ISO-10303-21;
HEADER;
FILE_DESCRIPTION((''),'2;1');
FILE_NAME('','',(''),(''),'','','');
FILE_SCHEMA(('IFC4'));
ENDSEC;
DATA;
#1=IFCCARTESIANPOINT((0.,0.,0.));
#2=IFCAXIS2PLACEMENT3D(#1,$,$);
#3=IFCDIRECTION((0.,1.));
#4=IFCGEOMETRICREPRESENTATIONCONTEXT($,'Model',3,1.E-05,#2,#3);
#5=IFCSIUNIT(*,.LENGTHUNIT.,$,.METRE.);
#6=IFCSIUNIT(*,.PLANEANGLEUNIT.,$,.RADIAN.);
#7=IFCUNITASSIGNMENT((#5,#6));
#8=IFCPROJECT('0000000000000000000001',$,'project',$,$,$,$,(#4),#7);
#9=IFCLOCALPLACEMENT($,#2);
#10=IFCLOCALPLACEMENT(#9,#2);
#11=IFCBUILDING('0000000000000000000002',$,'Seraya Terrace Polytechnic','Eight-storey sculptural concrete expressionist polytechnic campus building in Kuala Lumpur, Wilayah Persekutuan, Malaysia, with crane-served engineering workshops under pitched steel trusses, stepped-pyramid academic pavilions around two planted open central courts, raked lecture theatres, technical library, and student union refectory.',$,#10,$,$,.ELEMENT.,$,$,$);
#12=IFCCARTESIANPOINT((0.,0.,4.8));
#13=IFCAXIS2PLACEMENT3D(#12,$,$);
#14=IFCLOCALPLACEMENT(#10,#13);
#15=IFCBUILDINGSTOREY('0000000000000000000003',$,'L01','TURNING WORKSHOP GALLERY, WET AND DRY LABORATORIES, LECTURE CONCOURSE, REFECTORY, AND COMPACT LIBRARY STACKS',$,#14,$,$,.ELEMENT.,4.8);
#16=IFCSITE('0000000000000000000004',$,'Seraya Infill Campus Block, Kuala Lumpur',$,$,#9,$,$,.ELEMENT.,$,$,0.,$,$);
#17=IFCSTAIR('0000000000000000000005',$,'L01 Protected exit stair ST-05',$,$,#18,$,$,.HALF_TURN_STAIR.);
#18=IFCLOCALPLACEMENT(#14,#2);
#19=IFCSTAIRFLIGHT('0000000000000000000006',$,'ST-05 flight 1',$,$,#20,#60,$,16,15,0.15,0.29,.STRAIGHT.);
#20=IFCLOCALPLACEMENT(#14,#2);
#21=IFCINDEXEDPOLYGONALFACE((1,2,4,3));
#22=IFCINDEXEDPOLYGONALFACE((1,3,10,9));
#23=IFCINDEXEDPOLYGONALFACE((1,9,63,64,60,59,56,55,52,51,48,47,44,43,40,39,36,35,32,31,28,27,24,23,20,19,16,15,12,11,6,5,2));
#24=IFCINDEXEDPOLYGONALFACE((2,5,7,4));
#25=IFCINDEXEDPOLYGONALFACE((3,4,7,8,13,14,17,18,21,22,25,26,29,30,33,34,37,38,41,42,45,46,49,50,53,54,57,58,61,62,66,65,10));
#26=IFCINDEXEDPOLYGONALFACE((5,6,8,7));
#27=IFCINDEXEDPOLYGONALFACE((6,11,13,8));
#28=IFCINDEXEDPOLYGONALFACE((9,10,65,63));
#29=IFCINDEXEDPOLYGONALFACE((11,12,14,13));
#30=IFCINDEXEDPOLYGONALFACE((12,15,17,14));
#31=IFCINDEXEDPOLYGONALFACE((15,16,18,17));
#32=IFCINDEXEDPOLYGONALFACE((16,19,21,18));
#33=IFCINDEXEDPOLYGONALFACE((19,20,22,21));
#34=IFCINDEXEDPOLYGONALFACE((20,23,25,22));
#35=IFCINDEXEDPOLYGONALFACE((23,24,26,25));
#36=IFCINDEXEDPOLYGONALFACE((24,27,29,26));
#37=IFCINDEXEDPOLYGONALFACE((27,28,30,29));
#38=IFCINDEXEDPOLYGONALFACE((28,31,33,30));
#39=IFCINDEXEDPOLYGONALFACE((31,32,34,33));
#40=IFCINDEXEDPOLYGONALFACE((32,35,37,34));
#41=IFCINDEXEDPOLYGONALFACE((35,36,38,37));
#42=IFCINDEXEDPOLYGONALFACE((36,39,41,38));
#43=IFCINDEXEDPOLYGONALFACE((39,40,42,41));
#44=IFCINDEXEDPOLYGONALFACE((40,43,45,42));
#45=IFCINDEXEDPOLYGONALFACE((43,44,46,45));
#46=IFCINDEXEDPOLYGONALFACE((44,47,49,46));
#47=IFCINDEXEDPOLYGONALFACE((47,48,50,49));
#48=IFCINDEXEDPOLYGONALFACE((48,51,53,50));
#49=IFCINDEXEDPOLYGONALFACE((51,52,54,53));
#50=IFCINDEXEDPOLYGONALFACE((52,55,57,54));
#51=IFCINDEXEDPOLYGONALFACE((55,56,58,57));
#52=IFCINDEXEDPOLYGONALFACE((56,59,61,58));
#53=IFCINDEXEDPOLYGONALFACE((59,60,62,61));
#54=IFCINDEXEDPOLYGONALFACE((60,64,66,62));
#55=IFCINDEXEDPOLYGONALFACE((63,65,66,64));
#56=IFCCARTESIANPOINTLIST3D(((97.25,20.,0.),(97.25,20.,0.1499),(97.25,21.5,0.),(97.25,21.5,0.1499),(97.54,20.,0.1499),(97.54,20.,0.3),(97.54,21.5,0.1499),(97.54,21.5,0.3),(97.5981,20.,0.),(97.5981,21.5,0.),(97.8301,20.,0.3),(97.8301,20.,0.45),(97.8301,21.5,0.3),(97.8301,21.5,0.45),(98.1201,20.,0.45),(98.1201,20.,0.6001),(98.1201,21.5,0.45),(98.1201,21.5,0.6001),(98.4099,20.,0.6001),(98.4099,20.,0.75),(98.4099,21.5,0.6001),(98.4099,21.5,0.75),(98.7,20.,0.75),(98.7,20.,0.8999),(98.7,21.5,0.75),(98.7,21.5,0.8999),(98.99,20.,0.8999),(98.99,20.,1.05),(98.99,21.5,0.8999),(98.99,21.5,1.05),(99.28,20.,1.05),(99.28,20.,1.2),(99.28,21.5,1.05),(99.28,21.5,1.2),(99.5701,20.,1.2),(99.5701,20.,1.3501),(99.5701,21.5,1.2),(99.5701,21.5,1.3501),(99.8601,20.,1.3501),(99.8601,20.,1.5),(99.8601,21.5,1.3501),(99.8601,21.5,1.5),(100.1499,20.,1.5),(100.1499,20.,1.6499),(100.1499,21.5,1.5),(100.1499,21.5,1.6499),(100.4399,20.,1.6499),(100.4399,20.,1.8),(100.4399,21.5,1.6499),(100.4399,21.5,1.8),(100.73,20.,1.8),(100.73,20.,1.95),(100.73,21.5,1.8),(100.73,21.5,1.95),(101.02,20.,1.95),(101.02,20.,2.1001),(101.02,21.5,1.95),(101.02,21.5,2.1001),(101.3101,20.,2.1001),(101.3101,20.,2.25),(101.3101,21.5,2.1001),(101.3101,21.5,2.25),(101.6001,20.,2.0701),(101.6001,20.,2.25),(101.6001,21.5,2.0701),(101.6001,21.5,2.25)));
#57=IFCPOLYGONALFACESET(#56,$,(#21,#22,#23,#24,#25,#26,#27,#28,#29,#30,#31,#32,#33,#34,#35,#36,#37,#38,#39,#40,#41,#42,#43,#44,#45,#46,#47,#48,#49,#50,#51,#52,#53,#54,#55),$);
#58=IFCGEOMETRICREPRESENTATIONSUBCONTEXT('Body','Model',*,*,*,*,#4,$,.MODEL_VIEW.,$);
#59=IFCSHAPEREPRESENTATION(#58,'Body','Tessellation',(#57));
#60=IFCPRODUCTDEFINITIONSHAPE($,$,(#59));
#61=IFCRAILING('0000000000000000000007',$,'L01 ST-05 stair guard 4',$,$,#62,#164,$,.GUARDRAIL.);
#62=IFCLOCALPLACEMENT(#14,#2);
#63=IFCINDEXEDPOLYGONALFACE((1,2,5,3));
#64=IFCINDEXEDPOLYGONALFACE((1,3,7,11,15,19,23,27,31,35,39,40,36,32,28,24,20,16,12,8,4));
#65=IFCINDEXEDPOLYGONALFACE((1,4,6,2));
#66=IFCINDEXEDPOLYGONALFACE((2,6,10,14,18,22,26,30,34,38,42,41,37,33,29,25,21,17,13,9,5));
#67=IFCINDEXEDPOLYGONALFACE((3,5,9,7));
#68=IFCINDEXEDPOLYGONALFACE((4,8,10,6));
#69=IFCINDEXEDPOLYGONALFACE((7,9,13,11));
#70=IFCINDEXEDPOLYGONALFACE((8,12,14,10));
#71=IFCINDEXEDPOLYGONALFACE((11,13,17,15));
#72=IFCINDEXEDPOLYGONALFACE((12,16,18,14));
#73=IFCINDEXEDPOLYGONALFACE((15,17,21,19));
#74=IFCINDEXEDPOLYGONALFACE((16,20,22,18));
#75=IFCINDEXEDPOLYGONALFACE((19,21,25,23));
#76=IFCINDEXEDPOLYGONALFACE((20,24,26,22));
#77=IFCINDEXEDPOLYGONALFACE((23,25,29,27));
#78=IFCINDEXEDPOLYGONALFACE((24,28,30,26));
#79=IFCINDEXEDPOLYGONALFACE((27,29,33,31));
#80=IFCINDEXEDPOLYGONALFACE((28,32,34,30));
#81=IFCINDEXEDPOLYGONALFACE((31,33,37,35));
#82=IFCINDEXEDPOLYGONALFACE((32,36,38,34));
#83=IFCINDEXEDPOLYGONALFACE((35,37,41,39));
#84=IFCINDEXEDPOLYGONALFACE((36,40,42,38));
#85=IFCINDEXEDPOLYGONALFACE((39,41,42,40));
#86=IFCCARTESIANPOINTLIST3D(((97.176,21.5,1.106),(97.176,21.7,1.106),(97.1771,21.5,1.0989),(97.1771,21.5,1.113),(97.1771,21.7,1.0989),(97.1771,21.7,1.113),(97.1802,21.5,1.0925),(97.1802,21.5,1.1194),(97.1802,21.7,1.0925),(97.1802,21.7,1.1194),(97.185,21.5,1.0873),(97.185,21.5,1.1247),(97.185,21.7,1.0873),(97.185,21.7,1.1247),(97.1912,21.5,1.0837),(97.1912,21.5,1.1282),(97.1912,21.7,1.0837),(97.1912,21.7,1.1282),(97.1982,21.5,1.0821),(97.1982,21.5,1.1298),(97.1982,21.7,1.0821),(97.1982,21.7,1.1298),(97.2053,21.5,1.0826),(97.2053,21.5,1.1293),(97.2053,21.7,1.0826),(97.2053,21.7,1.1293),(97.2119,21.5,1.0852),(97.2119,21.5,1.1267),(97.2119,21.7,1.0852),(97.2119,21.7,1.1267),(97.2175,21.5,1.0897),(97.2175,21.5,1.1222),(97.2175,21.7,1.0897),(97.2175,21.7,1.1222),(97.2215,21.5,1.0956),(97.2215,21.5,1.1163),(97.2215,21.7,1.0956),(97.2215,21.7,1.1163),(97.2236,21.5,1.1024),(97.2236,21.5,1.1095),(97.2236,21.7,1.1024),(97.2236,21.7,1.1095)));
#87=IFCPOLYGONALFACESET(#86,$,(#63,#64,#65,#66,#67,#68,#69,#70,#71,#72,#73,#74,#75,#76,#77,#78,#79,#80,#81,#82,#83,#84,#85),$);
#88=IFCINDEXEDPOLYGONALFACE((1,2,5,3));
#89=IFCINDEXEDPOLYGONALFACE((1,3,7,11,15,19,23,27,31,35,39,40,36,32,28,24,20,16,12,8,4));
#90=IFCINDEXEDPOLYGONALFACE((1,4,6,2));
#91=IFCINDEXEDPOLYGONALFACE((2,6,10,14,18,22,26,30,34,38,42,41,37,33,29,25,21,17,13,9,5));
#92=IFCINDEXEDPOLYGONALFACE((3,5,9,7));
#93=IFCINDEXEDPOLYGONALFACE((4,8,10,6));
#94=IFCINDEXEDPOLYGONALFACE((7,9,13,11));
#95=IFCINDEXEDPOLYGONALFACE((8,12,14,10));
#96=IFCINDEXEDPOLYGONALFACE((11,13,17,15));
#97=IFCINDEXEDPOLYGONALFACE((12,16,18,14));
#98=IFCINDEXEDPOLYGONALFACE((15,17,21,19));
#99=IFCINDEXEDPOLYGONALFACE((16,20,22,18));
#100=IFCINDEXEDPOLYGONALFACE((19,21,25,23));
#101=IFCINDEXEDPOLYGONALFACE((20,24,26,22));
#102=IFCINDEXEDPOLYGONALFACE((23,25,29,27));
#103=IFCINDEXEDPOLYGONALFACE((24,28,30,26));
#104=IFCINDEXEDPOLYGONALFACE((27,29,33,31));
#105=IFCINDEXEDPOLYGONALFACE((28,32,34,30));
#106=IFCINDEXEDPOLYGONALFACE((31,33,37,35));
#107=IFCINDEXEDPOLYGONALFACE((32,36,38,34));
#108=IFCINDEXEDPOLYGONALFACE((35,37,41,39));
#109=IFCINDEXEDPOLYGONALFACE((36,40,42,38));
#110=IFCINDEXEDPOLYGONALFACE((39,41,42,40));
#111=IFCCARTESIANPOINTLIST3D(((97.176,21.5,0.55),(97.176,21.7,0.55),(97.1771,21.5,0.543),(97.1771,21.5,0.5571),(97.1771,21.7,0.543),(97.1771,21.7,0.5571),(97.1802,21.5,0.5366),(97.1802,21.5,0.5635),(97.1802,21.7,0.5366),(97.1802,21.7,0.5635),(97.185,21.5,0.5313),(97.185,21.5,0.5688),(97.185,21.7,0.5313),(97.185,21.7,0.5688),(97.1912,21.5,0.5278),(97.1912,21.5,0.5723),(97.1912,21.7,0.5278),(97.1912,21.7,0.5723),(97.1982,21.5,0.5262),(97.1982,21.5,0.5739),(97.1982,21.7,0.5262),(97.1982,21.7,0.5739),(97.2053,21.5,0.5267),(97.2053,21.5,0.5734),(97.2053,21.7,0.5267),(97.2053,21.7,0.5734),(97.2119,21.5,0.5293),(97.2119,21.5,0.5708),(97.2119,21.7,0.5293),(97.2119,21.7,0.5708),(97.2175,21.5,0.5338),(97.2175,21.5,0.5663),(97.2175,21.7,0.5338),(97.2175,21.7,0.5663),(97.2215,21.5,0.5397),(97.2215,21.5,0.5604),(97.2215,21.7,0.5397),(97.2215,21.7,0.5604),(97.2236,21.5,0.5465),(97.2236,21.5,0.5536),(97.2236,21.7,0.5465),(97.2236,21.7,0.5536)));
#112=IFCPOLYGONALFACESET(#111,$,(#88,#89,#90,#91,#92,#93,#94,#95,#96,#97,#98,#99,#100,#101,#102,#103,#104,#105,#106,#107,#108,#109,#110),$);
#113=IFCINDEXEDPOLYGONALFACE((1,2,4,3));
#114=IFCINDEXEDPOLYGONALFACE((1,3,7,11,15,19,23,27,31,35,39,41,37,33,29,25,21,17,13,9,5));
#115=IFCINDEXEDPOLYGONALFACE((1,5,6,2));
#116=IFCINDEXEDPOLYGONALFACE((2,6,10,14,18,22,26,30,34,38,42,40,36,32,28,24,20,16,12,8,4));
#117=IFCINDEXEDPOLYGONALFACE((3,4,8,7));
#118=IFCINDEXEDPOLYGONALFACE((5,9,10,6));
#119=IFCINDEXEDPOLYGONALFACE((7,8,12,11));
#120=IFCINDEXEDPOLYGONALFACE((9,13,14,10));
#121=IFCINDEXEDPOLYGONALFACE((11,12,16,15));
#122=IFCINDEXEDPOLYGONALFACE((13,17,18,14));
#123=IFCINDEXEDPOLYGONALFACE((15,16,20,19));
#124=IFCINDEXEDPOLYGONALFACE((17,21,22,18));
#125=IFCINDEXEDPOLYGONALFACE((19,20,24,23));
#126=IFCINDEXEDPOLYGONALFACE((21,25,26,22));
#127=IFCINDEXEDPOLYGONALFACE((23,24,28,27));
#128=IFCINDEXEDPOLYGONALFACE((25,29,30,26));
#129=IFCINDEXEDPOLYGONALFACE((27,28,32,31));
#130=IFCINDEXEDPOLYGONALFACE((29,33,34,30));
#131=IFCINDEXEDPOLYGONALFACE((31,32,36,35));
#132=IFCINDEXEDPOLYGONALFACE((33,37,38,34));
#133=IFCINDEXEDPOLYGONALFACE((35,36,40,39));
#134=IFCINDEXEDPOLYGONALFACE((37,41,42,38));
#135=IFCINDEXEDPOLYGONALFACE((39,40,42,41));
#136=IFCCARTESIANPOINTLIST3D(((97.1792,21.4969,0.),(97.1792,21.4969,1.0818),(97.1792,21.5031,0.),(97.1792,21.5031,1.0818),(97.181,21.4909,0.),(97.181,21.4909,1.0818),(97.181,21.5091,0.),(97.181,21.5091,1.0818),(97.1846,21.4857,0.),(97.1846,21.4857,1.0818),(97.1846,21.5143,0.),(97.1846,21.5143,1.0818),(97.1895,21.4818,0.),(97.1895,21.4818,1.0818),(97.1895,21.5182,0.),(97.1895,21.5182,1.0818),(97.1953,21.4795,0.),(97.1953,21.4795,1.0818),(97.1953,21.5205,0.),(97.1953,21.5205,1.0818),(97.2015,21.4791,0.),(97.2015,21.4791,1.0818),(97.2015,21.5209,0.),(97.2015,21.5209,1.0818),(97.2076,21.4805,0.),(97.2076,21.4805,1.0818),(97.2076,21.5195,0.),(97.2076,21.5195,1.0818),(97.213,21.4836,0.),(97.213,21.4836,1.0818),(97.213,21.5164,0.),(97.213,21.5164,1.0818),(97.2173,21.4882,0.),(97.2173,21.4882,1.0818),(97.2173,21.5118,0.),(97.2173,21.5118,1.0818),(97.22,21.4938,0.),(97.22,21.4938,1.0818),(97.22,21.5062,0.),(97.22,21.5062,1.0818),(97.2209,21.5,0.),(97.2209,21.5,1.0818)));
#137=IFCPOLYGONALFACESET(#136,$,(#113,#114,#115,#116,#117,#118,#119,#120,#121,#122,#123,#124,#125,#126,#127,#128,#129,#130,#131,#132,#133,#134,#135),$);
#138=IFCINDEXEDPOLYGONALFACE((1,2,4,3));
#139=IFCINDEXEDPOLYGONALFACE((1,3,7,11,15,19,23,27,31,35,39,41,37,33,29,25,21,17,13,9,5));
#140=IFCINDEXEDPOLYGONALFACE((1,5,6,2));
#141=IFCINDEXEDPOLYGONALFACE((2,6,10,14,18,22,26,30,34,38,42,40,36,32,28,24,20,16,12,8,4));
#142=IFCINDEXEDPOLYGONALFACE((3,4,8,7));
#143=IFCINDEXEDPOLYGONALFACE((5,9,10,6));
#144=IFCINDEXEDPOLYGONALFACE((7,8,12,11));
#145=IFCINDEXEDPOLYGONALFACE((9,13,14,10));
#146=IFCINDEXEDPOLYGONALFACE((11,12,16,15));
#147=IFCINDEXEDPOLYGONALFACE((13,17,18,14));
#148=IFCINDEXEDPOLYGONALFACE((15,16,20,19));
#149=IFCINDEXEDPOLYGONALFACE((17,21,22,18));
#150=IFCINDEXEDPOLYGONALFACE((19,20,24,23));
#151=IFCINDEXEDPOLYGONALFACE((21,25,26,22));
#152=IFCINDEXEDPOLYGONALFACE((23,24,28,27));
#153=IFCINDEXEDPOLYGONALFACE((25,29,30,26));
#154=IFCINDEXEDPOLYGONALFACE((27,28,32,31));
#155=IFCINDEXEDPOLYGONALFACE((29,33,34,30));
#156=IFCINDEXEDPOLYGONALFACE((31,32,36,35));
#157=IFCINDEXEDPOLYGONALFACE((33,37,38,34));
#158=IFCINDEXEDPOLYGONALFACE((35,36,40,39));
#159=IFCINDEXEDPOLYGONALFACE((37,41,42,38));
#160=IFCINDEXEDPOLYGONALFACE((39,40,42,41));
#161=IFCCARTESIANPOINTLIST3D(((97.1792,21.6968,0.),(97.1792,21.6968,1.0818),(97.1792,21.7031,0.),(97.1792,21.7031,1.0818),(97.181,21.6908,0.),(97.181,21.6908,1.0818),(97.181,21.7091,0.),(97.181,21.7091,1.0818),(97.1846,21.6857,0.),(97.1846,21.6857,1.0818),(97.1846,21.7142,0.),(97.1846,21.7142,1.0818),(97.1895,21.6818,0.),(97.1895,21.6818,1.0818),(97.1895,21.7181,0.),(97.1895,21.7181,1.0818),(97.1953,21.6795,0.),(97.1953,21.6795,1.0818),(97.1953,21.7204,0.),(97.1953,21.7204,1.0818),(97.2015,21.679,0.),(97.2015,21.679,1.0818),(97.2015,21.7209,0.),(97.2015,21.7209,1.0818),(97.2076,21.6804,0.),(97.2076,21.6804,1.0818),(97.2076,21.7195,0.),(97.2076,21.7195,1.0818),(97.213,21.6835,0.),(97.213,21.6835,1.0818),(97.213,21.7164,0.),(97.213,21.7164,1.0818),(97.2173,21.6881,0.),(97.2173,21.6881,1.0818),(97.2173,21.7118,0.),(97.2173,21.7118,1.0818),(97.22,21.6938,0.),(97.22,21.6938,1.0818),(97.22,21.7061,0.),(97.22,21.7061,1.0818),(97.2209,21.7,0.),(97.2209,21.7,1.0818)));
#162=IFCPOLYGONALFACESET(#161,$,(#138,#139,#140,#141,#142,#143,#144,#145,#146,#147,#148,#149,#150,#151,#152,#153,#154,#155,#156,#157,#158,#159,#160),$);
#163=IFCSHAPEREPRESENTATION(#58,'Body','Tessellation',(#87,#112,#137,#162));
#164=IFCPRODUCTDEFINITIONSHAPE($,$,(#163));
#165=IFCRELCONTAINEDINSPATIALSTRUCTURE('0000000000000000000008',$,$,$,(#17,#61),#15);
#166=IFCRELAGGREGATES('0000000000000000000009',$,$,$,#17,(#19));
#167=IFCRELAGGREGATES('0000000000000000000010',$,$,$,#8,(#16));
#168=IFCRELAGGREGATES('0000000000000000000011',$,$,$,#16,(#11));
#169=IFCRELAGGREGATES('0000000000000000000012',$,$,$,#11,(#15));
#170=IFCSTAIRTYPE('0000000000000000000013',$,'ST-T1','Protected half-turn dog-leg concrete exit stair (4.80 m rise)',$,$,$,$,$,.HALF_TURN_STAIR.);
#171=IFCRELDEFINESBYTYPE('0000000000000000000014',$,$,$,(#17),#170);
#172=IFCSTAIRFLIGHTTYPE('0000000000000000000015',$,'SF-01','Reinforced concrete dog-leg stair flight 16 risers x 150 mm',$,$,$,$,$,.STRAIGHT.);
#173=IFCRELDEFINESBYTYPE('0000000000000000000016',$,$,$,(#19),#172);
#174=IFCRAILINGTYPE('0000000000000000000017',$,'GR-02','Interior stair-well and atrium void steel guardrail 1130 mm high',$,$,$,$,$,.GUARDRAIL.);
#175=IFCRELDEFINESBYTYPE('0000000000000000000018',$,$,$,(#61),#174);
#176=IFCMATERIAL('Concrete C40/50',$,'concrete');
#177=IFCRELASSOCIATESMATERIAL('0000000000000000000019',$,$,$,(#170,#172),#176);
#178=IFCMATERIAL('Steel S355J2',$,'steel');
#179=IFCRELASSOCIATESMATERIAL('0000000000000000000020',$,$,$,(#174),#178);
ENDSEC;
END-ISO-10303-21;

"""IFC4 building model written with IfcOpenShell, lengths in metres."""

from ifc_helpers import new_model, si_unit, direction, frame, origin, origin_2d, place, context, subcontext, project, spatial, polyline, circle, outline, extrude, material, type_object, element, aggregate, save


model = new_model("IFC4")

# Units and contexts
model_context = context("Model", 3, precision=1e-05, world=origin(), true_north=direction((0.0, 1.0)))
body_context = subcontext(model_context, "Body", "Model", "MODEL_VIEW")
ifc_project = project(units=[si_unit("LENGTHUNIT", "METRE"), si_unit("PLANEANGLEUNIT", "RADIAN")], contexts=[model_context])

# Site, building, storey
site_placement = place(None, origin())
site = spatial("IfcSite", under=ifc_project, at=site_placement, Name="Seraya Infill Campus Block, Kuala Lumpur", CompositionType="ELEMENT", RefElevation=0.0)
building_placement = place(site_placement, origin())
building = spatial("IfcBuilding", under=site, at=building_placement, Name="Seraya Terrace Polytechnic", Description="Eight-storey sculptural concrete expressionist polytechnic campus building in Kuala Lumpur, Wilayah Persekutuan, Malaysia, with crane-served engineering workshops under pitched steel trusses, stepped-pyramid academic pavilions around two planted open central courts, raked lecture theatres, technical library, and student union refectory.", CompositionType="ELEMENT")
storey_placement = place(building_placement, frame((0.0, 0.0, 4.8)))
storey = spatial("IfcBuildingStorey", under=building, at=storey_placement, Name="L01", Description="TURNING WORKSHOP GALLERY, WET AND DRY LABORATORIES, LECTURE CONCOURSE, REFECTORY, AND COMPACT LIBRARY STACKS", CompositionType="ELEMENT", Elevation=4.8)

# Shared definitions
ifc_material_1 = material(Name="Concrete C40/50", Category="concrete")

# Shared definitions
ifc_material_2 = material(Name="Steel S355J2", Category="steel")

# Stair, stair flight
stair_type = type_object("IfcStairType", Name="ST-T1", Description="Protected half-turn dog-leg concrete exit stair (4.80 m rise)", PredefinedType="HALF_TURN_STAIR", material=ifc_material_1)
stair_placement = place(storey_placement, origin())
stair = element("IfcStair", 1, at=stair_placement, inside=storey, type_object=stair_type, Name="L01 Protected exit stair ST-05", PredefinedType="HALF_TURN_STAIR")
stair_flight_type = type_object("IfcStairFlightType", Name="SF-01", Description="Reinforced concrete dog-leg stair flight 16 risers x 150 mm", PredefinedType="STRAIGHT", material=ifc_material_1)
stair_flight_placement = place(storey_placement, frame((97.25, 20.75, 0.0), z_axis=(0.0, 0.0, 1.0), x_axis=(1.0, 0.0, 0.0)))
stair_flight = element("IfcStairFlight", 2, at=stair_flight_placement, type_object=stair_flight_type, Name="ST-05 flight 1", NumberOfRisers=16, NumberOfTreads=15, PredefinedType="STRAIGHT", RiserHeight=0.15, TreadLength=0.29, context=body_context, shape_type="SweptSolid", body=[
    extrude(outline(polyline([(0.0, 0.0), (0.0, 0.1499), (0.29, 0.1499), (0.29, 0.3), (0.5801, 0.3), (0.5801, 0.45), (0.8701, 0.45), (0.8701, 0.6001), (1.1599, 0.6001), (1.1599, 0.75), (1.45, 0.75), (1.45, 0.8999), (1.74, 0.8999), (1.74, 1.05), (2.03, 1.05), (2.03, 1.2), (2.3201, 1.2), (2.3201, 1.3501), (2.6101, 1.3501), (2.6101, 1.5), (2.8999, 1.5), (2.8999, 1.6499), (3.1899, 1.6499), (3.1899, 1.8), (3.48, 1.8), (3.48, 1.95), (3.77, 1.95), (3.77, 2.1001), (4.0601, 2.1001), (4.0601, 2.25), (4.3501, 2.25), (4.3501, 2.3999), (4.3501, 2.0701), (0.3481, 0.0), (0.0, 0.0)])), frame((0.0, 0.75, 0.0), z_axis=(0.0, -1.0, 0.0), x_axis=(1.0, 0.0, 0.0)), (0.0, 0.0, 1.0), 1.5),
])
aggregate(stair, [stair_flight])

# Railing
railing_type_1 = type_object("IfcRailingType", Name="GR-02", Description="Interior stair-well and atrium void steel guardrail 1130 mm high", PredefinedType="GUARDRAIL", material=ifc_material_2)
railing_1_placement = place(storey_placement, frame((97.2, 21.5, 0.0)))
element("IfcRailing", 3, at=railing_1_placement, inside=storey, type_object=railing_type_1, Name="L01 ST-05 stair guard 4", PredefinedType="GUARDRAIL", context=body_context, shape_type="SweptSolid", body=[
    extrude(circle(Radius=0.0239, at=origin_2d()), frame((0.0, 0.0, 1.106), z_axis=(0.0, 1.0, 0.0), x_axis=(-1.0, 0.0, 0.0)), (0.0, 0.0, 1.0), 0.2),
    extrude(circle(Radius=0.0239, at=origin_2d()), frame((0.0, 0.0, 0.55), z_axis=(0.0, 1.0, 0.0), x_axis=(-1.0, 0.0, 0.0)), (0.0, 0.0, 1.0), 0.2),
    extrude(circle(Radius=0.021, at=origin_2d()), origin(), (0.0, 0.0, 1.0), 1.0818),
    extrude(circle(Radius=0.021, at=origin_2d()), frame((0.0, 0.2, 0.0)), (0.0, 0.0, 1.0), 1.0818),
])

save(model, "model.ifc")
